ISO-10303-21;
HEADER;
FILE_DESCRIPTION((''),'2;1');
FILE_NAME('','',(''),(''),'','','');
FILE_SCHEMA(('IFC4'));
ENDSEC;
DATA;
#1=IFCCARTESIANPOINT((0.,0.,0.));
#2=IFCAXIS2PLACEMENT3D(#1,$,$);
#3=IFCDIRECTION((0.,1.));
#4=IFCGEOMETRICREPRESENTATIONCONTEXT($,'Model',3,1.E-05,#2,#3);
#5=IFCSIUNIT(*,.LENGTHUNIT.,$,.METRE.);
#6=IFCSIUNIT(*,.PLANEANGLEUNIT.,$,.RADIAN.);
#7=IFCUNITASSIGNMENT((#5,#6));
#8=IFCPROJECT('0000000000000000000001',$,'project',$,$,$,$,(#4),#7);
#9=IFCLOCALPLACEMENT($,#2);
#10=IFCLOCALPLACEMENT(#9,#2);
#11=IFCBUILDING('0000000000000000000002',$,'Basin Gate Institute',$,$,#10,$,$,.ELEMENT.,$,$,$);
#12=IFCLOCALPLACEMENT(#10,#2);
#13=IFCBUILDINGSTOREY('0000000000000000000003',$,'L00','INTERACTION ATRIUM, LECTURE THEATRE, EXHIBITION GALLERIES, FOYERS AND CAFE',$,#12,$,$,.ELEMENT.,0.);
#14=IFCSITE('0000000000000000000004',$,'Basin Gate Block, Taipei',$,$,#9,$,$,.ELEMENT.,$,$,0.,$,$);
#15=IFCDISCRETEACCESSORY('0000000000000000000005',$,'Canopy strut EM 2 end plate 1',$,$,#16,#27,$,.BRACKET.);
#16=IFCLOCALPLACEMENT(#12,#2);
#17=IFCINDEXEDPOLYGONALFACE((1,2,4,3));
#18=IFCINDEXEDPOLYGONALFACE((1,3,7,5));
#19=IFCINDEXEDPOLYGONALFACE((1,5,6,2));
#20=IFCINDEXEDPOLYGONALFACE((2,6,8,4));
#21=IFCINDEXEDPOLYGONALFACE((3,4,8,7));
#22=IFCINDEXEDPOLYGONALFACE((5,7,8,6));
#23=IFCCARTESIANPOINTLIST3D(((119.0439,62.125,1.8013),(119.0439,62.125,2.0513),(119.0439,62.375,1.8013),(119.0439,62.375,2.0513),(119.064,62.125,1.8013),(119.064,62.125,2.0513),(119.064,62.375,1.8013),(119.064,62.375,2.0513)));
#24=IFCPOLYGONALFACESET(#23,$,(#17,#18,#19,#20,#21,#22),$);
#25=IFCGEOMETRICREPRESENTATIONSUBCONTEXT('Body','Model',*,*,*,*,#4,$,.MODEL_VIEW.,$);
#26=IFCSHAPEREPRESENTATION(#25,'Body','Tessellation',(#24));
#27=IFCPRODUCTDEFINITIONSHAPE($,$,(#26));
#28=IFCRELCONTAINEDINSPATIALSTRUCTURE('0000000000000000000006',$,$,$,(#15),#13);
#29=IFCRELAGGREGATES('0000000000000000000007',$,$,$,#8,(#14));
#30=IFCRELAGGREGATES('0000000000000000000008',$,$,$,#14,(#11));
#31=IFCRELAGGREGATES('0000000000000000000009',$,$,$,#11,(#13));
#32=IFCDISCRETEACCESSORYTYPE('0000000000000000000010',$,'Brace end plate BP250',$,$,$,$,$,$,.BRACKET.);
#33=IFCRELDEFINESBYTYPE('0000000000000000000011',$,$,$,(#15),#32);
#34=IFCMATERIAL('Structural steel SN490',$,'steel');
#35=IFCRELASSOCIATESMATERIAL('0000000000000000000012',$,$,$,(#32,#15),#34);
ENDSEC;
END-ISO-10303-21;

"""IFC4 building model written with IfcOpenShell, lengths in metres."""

from ifc_helpers import new_model, si_unit, direction, frame, origin, origin_2d, place, context, subcontext, project, spatial, rectangle, extrude, material, type_object, element, save


model = new_model("IFC4")

# Units and contexts
model_context = context("Model", 3, precision=1e-05, world=origin(), true_north=direction((0.0, 1.0)))
body_context = subcontext(model_context, "Body", "Model", "MODEL_VIEW")
ifc_project = project(units=[si_unit("LENGTHUNIT", "METRE"), si_unit("PLANEANGLEUNIT", "RADIAN")], contexts=[model_context])

# Site, building, storey
site_placement = place(None, origin())
site = spatial("IfcSite", under=ifc_project, at=site_placement, Name="Basin Gate Block, Taipei", CompositionType="ELEMENT", RefElevation=0.0)
building_placement = place(site_placement, origin())
building = spatial("IfcBuilding", under=site, at=building_placement, Name="Basin Gate Institute", CompositionType="ELEMENT")
storey_placement = place(building_placement, origin())
storey = spatial("IfcBuildingStorey", under=building, at=storey_placement, Name="L00", Description="INTERACTION ATRIUM, LECTURE THEATRE, EXHIBITION GALLERIES, FOYERS AND CAFE", CompositionType="ELEMENT", Elevation=0.0)

# Discrete accessory
ifc_material_1 = material(Name="Structural steel SN490", Category="steel")
discrete_accessory_type = type_object("IfcDiscreteAccessoryType", Name="Brace end plate BP250", PredefinedType="BRACKET", material=ifc_material_1)
for number, where, z_axis, x_axis, name in (
    (1, (119.054, 62.25, 1.8013), (0.0, 0.0, 1.0), (1.0, 0.0, 0.0), "Canopy strut EM 2 end plate 1"),
):
    element("IfcDiscreteAccessory", number, at=place(storey_placement, frame(where, z_axis=z_axis, x_axis=x_axis)), inside=storey, type_object=discrete_accessory_type, material=ifc_material_1, Name=name, PredefinedType="BRACKET", context=body_context, shape_type="SweptSolid", body=[
        extrude(rectangle(XDim=0.02, YDim=0.25, at=origin_2d()), origin(), (0.0, 0.0, 1.0), 0.25),
    ])

save(model, "model.ifc")
